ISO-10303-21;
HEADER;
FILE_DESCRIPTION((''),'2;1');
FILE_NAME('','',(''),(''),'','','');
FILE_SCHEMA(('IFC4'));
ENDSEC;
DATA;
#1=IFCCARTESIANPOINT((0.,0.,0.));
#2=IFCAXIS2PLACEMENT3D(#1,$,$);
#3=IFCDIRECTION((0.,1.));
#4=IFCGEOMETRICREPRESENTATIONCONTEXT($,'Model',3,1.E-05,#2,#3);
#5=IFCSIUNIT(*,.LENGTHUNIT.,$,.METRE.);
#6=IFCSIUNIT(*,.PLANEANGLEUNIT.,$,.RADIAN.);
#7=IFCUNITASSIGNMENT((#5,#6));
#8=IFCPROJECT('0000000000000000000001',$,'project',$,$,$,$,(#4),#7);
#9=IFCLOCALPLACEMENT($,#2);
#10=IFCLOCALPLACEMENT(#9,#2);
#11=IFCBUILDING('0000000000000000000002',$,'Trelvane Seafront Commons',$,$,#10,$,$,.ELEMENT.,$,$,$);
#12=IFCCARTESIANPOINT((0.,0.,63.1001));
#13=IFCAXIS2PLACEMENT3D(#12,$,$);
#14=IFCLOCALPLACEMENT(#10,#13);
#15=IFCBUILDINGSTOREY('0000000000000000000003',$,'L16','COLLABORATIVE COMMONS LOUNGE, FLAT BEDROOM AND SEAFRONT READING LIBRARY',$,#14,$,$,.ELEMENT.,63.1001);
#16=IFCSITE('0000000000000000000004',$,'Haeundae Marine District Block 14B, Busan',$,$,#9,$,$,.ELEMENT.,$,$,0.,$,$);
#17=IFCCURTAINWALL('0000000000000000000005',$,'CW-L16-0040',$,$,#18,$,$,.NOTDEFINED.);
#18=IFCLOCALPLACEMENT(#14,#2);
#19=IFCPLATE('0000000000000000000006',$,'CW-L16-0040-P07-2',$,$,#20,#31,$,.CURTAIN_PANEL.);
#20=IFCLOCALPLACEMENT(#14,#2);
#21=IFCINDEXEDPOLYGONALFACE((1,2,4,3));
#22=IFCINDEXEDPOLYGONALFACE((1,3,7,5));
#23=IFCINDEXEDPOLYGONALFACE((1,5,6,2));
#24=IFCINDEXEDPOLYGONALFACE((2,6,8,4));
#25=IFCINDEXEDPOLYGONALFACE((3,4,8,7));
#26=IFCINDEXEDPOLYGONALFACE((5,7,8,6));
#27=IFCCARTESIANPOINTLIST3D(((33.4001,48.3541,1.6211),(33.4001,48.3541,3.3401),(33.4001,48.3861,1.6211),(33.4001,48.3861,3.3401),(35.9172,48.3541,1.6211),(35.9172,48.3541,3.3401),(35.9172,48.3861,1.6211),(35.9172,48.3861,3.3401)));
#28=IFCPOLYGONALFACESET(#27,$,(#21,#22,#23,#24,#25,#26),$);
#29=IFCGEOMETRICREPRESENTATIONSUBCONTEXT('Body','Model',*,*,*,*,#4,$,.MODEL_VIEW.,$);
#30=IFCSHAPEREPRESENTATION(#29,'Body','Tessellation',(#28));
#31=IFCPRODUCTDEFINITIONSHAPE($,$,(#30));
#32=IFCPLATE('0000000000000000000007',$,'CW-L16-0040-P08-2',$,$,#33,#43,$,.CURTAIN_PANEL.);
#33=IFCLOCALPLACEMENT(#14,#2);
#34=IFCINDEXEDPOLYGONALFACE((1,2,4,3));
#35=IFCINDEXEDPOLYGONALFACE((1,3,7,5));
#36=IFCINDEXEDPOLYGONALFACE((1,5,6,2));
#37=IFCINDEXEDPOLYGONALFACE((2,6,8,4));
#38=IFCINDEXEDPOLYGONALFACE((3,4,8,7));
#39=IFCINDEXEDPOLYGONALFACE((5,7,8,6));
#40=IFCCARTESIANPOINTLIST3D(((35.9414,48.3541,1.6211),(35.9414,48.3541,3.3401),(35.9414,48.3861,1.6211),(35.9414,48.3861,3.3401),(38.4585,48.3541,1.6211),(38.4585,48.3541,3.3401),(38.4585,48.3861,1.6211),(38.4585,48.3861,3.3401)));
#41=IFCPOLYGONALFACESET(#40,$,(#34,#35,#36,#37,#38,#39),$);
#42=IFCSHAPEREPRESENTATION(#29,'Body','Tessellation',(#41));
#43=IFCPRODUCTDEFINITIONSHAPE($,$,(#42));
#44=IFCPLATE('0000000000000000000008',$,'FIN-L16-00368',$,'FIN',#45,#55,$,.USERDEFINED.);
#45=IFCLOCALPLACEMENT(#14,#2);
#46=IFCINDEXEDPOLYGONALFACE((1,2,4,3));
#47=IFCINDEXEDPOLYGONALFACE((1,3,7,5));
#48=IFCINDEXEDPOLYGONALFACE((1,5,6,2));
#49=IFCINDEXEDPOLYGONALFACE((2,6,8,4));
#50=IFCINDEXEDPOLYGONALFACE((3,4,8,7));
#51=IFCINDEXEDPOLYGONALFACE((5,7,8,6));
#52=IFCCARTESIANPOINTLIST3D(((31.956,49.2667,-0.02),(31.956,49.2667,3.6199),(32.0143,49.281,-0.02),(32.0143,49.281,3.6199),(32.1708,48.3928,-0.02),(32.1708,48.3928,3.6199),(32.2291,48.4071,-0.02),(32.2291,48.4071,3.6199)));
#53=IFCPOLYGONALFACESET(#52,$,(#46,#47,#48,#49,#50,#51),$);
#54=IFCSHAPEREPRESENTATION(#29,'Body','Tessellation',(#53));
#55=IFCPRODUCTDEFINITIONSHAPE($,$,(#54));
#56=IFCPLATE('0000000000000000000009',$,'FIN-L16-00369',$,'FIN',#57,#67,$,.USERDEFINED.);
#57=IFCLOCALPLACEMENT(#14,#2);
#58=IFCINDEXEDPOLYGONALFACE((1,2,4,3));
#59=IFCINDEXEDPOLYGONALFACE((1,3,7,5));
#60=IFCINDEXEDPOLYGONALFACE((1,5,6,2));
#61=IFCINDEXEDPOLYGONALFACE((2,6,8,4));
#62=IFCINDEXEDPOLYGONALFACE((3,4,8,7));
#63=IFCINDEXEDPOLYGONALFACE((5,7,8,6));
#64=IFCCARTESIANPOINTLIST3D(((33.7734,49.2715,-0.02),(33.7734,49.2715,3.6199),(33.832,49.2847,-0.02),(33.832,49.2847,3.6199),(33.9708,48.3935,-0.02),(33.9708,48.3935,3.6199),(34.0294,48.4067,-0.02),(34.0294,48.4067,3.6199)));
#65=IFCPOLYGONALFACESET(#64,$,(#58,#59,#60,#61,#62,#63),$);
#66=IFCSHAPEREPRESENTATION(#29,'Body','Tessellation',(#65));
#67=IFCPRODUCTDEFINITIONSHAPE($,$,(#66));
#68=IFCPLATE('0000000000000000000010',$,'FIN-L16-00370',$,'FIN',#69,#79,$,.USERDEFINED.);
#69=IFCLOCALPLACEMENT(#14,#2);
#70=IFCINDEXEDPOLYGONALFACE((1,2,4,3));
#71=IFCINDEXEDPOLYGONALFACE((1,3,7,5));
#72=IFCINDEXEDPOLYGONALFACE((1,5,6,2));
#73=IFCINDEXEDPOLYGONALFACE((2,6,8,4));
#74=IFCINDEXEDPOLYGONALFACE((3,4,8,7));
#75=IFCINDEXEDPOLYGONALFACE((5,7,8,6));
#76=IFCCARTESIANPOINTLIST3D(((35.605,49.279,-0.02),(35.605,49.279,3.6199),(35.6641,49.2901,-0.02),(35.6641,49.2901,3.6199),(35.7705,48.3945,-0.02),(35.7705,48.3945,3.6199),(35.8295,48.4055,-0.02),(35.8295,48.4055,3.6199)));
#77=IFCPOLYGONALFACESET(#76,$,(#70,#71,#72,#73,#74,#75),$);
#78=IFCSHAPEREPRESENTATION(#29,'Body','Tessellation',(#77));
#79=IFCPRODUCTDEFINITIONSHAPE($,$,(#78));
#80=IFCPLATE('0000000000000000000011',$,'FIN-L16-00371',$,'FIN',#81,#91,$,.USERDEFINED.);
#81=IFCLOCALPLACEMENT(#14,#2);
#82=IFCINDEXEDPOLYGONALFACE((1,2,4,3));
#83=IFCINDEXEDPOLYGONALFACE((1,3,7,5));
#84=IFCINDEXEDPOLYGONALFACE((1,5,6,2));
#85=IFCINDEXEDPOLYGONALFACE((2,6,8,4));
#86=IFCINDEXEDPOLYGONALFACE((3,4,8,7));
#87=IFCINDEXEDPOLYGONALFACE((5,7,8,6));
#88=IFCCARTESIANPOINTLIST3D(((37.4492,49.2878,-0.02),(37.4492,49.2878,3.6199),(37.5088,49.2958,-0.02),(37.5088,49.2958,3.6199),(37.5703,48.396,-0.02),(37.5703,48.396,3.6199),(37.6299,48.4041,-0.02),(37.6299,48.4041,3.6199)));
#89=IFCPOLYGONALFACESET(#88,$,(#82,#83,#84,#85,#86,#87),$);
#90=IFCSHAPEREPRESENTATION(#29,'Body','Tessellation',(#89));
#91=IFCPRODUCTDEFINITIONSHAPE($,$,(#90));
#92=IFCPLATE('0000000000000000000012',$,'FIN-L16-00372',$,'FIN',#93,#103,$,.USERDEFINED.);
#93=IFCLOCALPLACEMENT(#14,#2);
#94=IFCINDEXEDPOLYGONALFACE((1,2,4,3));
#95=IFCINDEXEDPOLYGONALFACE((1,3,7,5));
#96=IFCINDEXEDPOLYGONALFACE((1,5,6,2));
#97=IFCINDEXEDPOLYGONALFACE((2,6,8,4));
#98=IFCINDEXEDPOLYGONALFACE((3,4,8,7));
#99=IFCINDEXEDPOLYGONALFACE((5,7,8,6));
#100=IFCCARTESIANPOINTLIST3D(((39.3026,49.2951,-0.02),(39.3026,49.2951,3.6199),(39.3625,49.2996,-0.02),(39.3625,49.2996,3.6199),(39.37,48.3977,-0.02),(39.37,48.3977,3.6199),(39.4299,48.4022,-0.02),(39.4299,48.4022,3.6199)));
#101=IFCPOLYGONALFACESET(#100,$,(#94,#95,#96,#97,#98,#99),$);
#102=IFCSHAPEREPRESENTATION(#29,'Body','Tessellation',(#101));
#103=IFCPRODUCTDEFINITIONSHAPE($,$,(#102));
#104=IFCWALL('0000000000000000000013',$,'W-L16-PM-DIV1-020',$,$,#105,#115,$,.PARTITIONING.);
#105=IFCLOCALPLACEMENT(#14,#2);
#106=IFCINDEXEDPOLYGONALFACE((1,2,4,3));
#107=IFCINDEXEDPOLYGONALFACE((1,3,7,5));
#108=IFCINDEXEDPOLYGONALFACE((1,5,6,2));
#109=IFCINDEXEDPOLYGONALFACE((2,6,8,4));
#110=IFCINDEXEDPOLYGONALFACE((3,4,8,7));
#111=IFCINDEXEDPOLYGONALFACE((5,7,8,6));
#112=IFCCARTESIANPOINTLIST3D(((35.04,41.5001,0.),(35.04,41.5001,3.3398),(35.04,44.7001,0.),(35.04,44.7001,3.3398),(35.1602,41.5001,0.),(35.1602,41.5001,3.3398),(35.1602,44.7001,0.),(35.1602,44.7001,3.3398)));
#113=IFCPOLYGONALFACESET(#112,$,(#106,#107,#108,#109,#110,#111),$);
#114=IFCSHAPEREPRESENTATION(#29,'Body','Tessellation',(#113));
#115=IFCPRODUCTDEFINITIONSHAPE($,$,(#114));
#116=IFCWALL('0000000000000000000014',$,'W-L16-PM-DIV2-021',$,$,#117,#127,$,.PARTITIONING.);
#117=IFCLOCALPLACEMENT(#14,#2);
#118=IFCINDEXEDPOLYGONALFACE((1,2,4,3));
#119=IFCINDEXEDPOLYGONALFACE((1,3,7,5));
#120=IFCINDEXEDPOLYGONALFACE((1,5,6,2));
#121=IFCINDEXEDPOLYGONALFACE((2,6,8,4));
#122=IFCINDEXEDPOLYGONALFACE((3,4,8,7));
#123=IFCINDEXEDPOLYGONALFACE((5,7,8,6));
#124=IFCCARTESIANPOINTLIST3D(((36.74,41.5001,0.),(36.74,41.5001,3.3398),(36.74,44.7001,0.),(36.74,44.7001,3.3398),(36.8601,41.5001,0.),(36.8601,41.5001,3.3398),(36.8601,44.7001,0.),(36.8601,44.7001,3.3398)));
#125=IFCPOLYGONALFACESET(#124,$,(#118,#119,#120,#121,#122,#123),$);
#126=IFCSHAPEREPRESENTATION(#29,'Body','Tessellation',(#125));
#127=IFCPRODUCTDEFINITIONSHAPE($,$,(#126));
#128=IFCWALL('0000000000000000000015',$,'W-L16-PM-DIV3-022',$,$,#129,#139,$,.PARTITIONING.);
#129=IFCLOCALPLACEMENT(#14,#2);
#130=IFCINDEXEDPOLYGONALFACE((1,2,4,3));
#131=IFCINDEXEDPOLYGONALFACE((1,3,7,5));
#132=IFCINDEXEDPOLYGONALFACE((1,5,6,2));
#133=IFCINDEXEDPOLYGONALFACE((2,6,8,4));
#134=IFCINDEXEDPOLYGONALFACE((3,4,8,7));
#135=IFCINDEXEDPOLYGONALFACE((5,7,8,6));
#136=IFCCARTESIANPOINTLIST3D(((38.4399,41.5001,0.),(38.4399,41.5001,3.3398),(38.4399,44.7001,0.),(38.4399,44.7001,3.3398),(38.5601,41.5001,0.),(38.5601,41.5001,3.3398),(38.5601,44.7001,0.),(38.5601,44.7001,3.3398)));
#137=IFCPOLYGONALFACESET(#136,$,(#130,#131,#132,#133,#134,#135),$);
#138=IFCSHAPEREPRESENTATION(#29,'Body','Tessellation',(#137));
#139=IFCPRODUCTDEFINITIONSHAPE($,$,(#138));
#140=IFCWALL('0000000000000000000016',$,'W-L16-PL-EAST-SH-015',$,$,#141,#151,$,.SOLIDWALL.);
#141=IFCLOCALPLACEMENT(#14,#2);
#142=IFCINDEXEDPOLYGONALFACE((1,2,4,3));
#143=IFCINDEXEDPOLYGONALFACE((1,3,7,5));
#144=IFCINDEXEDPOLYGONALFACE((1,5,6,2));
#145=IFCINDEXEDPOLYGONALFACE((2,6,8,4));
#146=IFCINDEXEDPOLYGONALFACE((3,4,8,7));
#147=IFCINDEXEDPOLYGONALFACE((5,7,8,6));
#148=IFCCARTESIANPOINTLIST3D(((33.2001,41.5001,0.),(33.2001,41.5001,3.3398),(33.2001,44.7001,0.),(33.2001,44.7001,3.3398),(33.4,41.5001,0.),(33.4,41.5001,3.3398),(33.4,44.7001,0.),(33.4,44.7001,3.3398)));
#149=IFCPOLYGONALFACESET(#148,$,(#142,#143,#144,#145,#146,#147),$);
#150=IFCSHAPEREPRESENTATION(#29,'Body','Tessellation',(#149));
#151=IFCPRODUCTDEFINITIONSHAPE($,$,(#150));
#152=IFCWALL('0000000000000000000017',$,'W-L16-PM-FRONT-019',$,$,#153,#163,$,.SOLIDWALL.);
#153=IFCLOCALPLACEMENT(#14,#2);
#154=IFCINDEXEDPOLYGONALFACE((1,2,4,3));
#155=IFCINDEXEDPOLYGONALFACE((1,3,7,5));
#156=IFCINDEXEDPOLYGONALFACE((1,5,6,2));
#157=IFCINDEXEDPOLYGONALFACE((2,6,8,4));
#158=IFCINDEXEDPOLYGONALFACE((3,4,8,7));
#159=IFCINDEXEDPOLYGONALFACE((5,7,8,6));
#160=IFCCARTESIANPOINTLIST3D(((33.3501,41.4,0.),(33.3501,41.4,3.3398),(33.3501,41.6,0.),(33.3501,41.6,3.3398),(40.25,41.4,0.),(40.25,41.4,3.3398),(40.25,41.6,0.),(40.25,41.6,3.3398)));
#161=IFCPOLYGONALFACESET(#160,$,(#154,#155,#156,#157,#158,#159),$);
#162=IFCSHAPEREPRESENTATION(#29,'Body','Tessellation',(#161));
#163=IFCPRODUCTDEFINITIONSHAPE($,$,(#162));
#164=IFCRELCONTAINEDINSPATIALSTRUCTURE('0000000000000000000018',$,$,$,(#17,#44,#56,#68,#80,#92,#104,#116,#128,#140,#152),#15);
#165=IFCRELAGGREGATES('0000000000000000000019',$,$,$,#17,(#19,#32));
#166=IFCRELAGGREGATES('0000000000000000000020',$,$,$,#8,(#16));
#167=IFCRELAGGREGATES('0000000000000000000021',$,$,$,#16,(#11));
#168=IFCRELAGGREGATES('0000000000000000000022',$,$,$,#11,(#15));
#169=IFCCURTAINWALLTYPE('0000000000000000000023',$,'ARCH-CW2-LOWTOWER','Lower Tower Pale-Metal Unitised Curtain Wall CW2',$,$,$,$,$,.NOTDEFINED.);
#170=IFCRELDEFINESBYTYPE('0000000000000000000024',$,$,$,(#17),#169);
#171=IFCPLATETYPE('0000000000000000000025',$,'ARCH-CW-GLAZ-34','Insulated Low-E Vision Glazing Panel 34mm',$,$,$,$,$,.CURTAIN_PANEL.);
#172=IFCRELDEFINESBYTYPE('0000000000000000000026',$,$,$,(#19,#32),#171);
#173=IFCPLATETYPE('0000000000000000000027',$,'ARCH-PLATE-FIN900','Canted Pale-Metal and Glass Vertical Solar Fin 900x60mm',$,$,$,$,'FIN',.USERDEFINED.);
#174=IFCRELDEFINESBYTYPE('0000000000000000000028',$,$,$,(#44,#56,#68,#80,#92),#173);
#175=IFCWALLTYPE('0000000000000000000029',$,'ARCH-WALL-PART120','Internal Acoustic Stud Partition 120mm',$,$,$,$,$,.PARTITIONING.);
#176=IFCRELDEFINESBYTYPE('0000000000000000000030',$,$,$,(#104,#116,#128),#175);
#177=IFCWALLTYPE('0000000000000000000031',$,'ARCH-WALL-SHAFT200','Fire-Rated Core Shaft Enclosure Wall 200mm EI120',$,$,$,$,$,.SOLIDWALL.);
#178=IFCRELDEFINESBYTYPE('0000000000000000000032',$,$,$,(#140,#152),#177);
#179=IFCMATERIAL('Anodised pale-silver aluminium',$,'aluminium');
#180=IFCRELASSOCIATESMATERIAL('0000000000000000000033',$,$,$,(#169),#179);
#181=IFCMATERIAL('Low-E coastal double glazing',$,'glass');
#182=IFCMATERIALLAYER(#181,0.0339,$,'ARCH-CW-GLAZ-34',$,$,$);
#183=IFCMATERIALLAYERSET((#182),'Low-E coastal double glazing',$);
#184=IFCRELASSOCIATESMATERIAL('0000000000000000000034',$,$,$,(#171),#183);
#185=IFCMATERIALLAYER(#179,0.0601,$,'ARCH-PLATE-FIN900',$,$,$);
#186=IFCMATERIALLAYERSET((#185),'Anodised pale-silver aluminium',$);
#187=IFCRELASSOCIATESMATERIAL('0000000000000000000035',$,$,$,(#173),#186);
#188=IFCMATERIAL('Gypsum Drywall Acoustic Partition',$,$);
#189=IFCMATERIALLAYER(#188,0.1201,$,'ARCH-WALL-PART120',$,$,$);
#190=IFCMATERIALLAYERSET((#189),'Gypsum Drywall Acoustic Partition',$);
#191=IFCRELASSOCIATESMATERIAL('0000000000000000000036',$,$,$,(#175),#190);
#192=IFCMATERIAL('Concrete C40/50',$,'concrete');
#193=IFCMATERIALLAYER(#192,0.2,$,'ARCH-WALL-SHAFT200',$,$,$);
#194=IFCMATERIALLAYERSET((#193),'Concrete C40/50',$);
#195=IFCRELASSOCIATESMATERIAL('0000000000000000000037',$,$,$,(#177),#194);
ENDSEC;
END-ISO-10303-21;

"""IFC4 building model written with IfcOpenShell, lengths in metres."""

from ifc_helpers import new_model, si_unit, direction, frame, frame_2d, origin, origin_2d, place, context, subcontext, project, spatial, rectangle, extrude, source, transform, mapped, material, layer, layer_set, type_object, element, aggregate, save


model = new_model("IFC4")

# Units and contexts
model_context = context("Model", 3, precision=1e-05, world=origin(), true_north=direction((0.0, 1.0)))
body_context = subcontext(model_context, "Body", "Model", "MODEL_VIEW")
ifc_project = project(units=[si_unit("LENGTHUNIT", "METRE"), si_unit("PLANEANGLEUNIT", "RADIAN")], contexts=[model_context])

# Site, building, storey
site_placement = place(None, origin())
site = spatial("IfcSite", under=ifc_project, at=site_placement, Name="Haeundae Marine District Block 14B, Busan", CompositionType="ELEMENT", RefElevation=0.0)
building_placement = place(site_placement, origin())
building = spatial("IfcBuilding", under=site, at=building_placement, Name="Trelvane Seafront Commons", CompositionType="ELEMENT")
storey_placement = place(building_placement, frame((0.0, 0.0, 63.1001)))
storey = spatial("IfcBuildingStorey", under=building, at=storey_placement, Name="L16", Description="COLLABORATIVE COMMONS LOUNGE, FLAT BEDROOM AND SEAFRONT READING LIBRARY", CompositionType="ELEMENT", Elevation=63.1001)

# Curtain wall, plates
ifc_material_1 = material(Name="Anodised pale-silver aluminium", Category="aluminium")
curtain_wall_type = type_object("IfcCurtainWallType", Name="ARCH-CW2-LOWTOWER", Description="Lower Tower Pale-Metal Unitised Curtain Wall CW2", PredefinedType="NOTDEFINED", material=ifc_material_1)
curtain_wall_placement = place(storey_placement, origin())
curtain_wall = element("IfcCurtainWall", 1, at=curtain_wall_placement, inside=storey, type_object=curtain_wall_type, Name="CW-L16-0040", PredefinedType="NOTDEFINED")
ifc_material_2 = material(Name="Low-E coastal double glazing", Category="glass")
ifc_layer_1 = layer(ifc_material_2, 0.0339, Name="ARCH-CW-GLAZ-34")
ifc_layer_set_1 = layer_set([ifc_layer_1], Name="Low-E coastal double glazing")
plate_type_1 = type_object("IfcPlateType", Name="ARCH-CW-GLAZ-34", Description="Insulated Low-E Vision Glazing Panel 34mm", PredefinedType="CURTAIN_PANEL", material=ifc_layer_set_1)
shared_shape_1 = source(origin(), body_context, "Body", "SweptSolid", [
    extrude(rectangle(XDim=2.5171, YDim=0.032, at=origin_2d()), origin(), (0.0, 0.0, 1.0), 1.719),
])
plate_1_placement = place(storey_placement, frame((34.6587, 48.3701, 1.6211), z_axis=(0.0, 0.0, 1.0), x_axis=(1.0, 0.0, 0.0)))
plate_1 = element("IfcPlate", 2, at=plate_1_placement, type_object=plate_type_1, Name="CW-L16-0040-P07-2", PredefinedType="CURTAIN_PANEL", context=body_context, shape_type="MappedRepresentation", body=[
    mapped(shared_shape_1, transform((0.0, 0.0, 0.0), x_axis=(1.0, 0.0, 0.0), y_axis=(0.0, 1.0, 0.0), z_axis=(0.0, 0.0, 1.0), scale=1.0)),
])
plate_2_placement = place(storey_placement, frame((37.2, 48.3701, 1.6211), z_axis=(0.0, 0.0, 1.0), x_axis=(1.0, 0.0, 0.0)))
plate_2 = element("IfcPlate", 3, at=plate_2_placement, type_object=plate_type_1, Name="CW-L16-0040-P08-2", PredefinedType="CURTAIN_PANEL", context=body_context, shape_type="MappedRepresentation", body=[
    mapped(shared_shape_1, transform((0.0, 0.0, 0.0), x_axis=(1.0, 0.0, 0.0), y_axis=(0.0, 1.0, 0.0), z_axis=(0.0, 0.0, 1.0), scale=1.0)),
])
aggregate(curtain_wall, [plate_1, plate_2])

# Plates
ifc_layer_2 = layer(ifc_material_1, 0.0601, Name="ARCH-PLATE-FIN900")
ifc_layer_set_2 = layer_set([ifc_layer_2], Name="Anodised pale-silver aluminium")
plate_type_2 = type_object("IfcPlateType", Name="ARCH-PLATE-FIN900", Description="Canted Pale-Metal and Glass Vertical Solar Fin 900x60mm", ElementType="FIN", PredefinedType="USERDEFINED", material=ifc_layer_set_2)
shared_shape_2 = source(origin(), body_context, "Body", "SweptSolid", [
    extrude(rectangle(XDim=0.8999, YDim=0.0601, at=origin_2d()), origin(), (0.0, 0.0, 1.0), 3.6399),
])
for number, where, z_axis, x_axis, name in (
    (4, (32.0925, 48.8369, -0.02), (0.0, 0.0, 1.0), (-0.238664, 0.971102, 0.0), "FIN-L16-00368"),
    (5, (33.9014, 48.8391, -0.02), (0.0, 0.0, 1.0), (-0.21933, 0.975651, 0.0), "FIN-L16-00369"),
    (6, (35.7173, 48.8423, -0.02), (0.0, 0.0, 1.0), (-0.183879, 0.982949, 0.0), "FIN-L16-00370"),
    (7, (37.5396, 48.8459, -0.02), (0.0, 0.0, 1.0), (-0.134559, 0.990906, 0.0), "FIN-L16-00371"),
    (8, (39.3662, 48.8486, -0.02), (0.0, 0.0, 1.0), (-0.074886, 0.997192, 0.0), "FIN-L16-00372"),
):
    element("IfcPlate", number, at=place(storey_placement, frame(where, z_axis=z_axis, x_axis=x_axis)), inside=storey, type_object=plate_type_2, Name=name, ObjectType="FIN", PredefinedType="USERDEFINED", context=body_context, shape_type="MappedRepresentation", body=[
        mapped(shared_shape_2, transform((0.0, 0.0, 0.0), x_axis=(1.0, 0.0, 0.0), y_axis=(0.0, 1.0, 0.0), z_axis=(0.0, 0.0, 1.0), scale=1.0)),
    ])

# Walls
ifc_material_3 = material(Name="Gypsum Drywall Acoustic Partition")
ifc_layer_3 = layer(ifc_material_3, 0.1201, Name="ARCH-WALL-PART120")
ifc_layer_set_3 = layer_set([ifc_layer_3], Name="Gypsum Drywall Acoustic Partition")
wall_type_1 = type_object("IfcWallType", Name="ARCH-WALL-PART120", Description="Internal Acoustic Stud Partition 120mm", PredefinedType="PARTITIONING", material=ifc_layer_set_3)
for number, where, z_axis, x_axis, name in (
    (9, (35.1001, 41.5, 0.0), (0.0, 0.0, 1.0), (0.0, 1.0, 0.0), "W-L16-PM-DIV1-020"),
    (10, (36.8, 41.5, 0.0), (0.0, 0.0, 1.0), (0.0, 1.0, 0.0), "W-L16-PM-DIV2-021"),
    (11, (38.5, 41.5, 0.0), (0.0, 0.0, 1.0), (0.0, 1.0, 0.0), "W-L16-PM-DIV3-022"),
):
    element("IfcWall", number, at=place(storey_placement, frame(where, z_axis=z_axis, x_axis=x_axis)), inside=storey, type_object=wall_type_1, Name=name, PredefinedType="PARTITIONING", context=body_context, shape_type="SweptSolid", body=[
        extrude(rectangle(XDim=3.2, YDim=0.1201, at=frame_2d((1.6001, 0.0))), origin(), (0.0, 0.0, 1.0), 3.3398),
    ])

# Walls
ifc_material_4 = material(Name="Concrete C40/50", Category="concrete")
ifc_layer_4 = layer(ifc_material_4, 0.2, Name="ARCH-WALL-SHAFT200")
ifc_layer_set_4 = layer_set([ifc_layer_4], Name="Concrete C40/50")
wall_type_2 = type_object("IfcWallType", Name="ARCH-WALL-SHAFT200", Description="Fire-Rated Core Shaft Enclosure Wall 200mm EI120", PredefinedType="SOLIDWALL", material=ifc_layer_set_4)
wall_1_placement = place(storey_placement, frame((33.3, 41.5, 0.0), z_axis=(0.0, 0.0, 1.0), x_axis=(0.0, 1.0, 0.0)))
element("IfcWall", 12, at=wall_1_placement, inside=storey, type_object=wall_type_2, Name="W-L16-PL-EAST-SH-015", PredefinedType="SOLIDWALL", context=body_context, shape_type="SweptSolid", body=[
    extrude(rectangle(XDim=3.2, YDim=0.2, at=frame_2d((1.6001, 0.0))), origin(), (0.0, 0.0, 1.0), 3.3398),
])
wall_2_placement = place(storey_placement, frame((33.3501, 41.5, 0.0), z_axis=(0.0, 0.0, 1.0), x_axis=(1.0, 0.0, 0.0)))
element("IfcWall", 13, at=wall_2_placement, inside=storey, type_object=wall_type_2, Name="W-L16-PM-FRONT-019", PredefinedType="SOLIDWALL", context=body_context, shape_type="SweptSolid", body=[
    extrude(rectangle(XDim=6.8999, YDim=0.2, at=frame_2d((3.45, 0.0))), origin(), (0.0, 0.0, 1.0), 3.3398),
])

save(model, "model.ifc")
